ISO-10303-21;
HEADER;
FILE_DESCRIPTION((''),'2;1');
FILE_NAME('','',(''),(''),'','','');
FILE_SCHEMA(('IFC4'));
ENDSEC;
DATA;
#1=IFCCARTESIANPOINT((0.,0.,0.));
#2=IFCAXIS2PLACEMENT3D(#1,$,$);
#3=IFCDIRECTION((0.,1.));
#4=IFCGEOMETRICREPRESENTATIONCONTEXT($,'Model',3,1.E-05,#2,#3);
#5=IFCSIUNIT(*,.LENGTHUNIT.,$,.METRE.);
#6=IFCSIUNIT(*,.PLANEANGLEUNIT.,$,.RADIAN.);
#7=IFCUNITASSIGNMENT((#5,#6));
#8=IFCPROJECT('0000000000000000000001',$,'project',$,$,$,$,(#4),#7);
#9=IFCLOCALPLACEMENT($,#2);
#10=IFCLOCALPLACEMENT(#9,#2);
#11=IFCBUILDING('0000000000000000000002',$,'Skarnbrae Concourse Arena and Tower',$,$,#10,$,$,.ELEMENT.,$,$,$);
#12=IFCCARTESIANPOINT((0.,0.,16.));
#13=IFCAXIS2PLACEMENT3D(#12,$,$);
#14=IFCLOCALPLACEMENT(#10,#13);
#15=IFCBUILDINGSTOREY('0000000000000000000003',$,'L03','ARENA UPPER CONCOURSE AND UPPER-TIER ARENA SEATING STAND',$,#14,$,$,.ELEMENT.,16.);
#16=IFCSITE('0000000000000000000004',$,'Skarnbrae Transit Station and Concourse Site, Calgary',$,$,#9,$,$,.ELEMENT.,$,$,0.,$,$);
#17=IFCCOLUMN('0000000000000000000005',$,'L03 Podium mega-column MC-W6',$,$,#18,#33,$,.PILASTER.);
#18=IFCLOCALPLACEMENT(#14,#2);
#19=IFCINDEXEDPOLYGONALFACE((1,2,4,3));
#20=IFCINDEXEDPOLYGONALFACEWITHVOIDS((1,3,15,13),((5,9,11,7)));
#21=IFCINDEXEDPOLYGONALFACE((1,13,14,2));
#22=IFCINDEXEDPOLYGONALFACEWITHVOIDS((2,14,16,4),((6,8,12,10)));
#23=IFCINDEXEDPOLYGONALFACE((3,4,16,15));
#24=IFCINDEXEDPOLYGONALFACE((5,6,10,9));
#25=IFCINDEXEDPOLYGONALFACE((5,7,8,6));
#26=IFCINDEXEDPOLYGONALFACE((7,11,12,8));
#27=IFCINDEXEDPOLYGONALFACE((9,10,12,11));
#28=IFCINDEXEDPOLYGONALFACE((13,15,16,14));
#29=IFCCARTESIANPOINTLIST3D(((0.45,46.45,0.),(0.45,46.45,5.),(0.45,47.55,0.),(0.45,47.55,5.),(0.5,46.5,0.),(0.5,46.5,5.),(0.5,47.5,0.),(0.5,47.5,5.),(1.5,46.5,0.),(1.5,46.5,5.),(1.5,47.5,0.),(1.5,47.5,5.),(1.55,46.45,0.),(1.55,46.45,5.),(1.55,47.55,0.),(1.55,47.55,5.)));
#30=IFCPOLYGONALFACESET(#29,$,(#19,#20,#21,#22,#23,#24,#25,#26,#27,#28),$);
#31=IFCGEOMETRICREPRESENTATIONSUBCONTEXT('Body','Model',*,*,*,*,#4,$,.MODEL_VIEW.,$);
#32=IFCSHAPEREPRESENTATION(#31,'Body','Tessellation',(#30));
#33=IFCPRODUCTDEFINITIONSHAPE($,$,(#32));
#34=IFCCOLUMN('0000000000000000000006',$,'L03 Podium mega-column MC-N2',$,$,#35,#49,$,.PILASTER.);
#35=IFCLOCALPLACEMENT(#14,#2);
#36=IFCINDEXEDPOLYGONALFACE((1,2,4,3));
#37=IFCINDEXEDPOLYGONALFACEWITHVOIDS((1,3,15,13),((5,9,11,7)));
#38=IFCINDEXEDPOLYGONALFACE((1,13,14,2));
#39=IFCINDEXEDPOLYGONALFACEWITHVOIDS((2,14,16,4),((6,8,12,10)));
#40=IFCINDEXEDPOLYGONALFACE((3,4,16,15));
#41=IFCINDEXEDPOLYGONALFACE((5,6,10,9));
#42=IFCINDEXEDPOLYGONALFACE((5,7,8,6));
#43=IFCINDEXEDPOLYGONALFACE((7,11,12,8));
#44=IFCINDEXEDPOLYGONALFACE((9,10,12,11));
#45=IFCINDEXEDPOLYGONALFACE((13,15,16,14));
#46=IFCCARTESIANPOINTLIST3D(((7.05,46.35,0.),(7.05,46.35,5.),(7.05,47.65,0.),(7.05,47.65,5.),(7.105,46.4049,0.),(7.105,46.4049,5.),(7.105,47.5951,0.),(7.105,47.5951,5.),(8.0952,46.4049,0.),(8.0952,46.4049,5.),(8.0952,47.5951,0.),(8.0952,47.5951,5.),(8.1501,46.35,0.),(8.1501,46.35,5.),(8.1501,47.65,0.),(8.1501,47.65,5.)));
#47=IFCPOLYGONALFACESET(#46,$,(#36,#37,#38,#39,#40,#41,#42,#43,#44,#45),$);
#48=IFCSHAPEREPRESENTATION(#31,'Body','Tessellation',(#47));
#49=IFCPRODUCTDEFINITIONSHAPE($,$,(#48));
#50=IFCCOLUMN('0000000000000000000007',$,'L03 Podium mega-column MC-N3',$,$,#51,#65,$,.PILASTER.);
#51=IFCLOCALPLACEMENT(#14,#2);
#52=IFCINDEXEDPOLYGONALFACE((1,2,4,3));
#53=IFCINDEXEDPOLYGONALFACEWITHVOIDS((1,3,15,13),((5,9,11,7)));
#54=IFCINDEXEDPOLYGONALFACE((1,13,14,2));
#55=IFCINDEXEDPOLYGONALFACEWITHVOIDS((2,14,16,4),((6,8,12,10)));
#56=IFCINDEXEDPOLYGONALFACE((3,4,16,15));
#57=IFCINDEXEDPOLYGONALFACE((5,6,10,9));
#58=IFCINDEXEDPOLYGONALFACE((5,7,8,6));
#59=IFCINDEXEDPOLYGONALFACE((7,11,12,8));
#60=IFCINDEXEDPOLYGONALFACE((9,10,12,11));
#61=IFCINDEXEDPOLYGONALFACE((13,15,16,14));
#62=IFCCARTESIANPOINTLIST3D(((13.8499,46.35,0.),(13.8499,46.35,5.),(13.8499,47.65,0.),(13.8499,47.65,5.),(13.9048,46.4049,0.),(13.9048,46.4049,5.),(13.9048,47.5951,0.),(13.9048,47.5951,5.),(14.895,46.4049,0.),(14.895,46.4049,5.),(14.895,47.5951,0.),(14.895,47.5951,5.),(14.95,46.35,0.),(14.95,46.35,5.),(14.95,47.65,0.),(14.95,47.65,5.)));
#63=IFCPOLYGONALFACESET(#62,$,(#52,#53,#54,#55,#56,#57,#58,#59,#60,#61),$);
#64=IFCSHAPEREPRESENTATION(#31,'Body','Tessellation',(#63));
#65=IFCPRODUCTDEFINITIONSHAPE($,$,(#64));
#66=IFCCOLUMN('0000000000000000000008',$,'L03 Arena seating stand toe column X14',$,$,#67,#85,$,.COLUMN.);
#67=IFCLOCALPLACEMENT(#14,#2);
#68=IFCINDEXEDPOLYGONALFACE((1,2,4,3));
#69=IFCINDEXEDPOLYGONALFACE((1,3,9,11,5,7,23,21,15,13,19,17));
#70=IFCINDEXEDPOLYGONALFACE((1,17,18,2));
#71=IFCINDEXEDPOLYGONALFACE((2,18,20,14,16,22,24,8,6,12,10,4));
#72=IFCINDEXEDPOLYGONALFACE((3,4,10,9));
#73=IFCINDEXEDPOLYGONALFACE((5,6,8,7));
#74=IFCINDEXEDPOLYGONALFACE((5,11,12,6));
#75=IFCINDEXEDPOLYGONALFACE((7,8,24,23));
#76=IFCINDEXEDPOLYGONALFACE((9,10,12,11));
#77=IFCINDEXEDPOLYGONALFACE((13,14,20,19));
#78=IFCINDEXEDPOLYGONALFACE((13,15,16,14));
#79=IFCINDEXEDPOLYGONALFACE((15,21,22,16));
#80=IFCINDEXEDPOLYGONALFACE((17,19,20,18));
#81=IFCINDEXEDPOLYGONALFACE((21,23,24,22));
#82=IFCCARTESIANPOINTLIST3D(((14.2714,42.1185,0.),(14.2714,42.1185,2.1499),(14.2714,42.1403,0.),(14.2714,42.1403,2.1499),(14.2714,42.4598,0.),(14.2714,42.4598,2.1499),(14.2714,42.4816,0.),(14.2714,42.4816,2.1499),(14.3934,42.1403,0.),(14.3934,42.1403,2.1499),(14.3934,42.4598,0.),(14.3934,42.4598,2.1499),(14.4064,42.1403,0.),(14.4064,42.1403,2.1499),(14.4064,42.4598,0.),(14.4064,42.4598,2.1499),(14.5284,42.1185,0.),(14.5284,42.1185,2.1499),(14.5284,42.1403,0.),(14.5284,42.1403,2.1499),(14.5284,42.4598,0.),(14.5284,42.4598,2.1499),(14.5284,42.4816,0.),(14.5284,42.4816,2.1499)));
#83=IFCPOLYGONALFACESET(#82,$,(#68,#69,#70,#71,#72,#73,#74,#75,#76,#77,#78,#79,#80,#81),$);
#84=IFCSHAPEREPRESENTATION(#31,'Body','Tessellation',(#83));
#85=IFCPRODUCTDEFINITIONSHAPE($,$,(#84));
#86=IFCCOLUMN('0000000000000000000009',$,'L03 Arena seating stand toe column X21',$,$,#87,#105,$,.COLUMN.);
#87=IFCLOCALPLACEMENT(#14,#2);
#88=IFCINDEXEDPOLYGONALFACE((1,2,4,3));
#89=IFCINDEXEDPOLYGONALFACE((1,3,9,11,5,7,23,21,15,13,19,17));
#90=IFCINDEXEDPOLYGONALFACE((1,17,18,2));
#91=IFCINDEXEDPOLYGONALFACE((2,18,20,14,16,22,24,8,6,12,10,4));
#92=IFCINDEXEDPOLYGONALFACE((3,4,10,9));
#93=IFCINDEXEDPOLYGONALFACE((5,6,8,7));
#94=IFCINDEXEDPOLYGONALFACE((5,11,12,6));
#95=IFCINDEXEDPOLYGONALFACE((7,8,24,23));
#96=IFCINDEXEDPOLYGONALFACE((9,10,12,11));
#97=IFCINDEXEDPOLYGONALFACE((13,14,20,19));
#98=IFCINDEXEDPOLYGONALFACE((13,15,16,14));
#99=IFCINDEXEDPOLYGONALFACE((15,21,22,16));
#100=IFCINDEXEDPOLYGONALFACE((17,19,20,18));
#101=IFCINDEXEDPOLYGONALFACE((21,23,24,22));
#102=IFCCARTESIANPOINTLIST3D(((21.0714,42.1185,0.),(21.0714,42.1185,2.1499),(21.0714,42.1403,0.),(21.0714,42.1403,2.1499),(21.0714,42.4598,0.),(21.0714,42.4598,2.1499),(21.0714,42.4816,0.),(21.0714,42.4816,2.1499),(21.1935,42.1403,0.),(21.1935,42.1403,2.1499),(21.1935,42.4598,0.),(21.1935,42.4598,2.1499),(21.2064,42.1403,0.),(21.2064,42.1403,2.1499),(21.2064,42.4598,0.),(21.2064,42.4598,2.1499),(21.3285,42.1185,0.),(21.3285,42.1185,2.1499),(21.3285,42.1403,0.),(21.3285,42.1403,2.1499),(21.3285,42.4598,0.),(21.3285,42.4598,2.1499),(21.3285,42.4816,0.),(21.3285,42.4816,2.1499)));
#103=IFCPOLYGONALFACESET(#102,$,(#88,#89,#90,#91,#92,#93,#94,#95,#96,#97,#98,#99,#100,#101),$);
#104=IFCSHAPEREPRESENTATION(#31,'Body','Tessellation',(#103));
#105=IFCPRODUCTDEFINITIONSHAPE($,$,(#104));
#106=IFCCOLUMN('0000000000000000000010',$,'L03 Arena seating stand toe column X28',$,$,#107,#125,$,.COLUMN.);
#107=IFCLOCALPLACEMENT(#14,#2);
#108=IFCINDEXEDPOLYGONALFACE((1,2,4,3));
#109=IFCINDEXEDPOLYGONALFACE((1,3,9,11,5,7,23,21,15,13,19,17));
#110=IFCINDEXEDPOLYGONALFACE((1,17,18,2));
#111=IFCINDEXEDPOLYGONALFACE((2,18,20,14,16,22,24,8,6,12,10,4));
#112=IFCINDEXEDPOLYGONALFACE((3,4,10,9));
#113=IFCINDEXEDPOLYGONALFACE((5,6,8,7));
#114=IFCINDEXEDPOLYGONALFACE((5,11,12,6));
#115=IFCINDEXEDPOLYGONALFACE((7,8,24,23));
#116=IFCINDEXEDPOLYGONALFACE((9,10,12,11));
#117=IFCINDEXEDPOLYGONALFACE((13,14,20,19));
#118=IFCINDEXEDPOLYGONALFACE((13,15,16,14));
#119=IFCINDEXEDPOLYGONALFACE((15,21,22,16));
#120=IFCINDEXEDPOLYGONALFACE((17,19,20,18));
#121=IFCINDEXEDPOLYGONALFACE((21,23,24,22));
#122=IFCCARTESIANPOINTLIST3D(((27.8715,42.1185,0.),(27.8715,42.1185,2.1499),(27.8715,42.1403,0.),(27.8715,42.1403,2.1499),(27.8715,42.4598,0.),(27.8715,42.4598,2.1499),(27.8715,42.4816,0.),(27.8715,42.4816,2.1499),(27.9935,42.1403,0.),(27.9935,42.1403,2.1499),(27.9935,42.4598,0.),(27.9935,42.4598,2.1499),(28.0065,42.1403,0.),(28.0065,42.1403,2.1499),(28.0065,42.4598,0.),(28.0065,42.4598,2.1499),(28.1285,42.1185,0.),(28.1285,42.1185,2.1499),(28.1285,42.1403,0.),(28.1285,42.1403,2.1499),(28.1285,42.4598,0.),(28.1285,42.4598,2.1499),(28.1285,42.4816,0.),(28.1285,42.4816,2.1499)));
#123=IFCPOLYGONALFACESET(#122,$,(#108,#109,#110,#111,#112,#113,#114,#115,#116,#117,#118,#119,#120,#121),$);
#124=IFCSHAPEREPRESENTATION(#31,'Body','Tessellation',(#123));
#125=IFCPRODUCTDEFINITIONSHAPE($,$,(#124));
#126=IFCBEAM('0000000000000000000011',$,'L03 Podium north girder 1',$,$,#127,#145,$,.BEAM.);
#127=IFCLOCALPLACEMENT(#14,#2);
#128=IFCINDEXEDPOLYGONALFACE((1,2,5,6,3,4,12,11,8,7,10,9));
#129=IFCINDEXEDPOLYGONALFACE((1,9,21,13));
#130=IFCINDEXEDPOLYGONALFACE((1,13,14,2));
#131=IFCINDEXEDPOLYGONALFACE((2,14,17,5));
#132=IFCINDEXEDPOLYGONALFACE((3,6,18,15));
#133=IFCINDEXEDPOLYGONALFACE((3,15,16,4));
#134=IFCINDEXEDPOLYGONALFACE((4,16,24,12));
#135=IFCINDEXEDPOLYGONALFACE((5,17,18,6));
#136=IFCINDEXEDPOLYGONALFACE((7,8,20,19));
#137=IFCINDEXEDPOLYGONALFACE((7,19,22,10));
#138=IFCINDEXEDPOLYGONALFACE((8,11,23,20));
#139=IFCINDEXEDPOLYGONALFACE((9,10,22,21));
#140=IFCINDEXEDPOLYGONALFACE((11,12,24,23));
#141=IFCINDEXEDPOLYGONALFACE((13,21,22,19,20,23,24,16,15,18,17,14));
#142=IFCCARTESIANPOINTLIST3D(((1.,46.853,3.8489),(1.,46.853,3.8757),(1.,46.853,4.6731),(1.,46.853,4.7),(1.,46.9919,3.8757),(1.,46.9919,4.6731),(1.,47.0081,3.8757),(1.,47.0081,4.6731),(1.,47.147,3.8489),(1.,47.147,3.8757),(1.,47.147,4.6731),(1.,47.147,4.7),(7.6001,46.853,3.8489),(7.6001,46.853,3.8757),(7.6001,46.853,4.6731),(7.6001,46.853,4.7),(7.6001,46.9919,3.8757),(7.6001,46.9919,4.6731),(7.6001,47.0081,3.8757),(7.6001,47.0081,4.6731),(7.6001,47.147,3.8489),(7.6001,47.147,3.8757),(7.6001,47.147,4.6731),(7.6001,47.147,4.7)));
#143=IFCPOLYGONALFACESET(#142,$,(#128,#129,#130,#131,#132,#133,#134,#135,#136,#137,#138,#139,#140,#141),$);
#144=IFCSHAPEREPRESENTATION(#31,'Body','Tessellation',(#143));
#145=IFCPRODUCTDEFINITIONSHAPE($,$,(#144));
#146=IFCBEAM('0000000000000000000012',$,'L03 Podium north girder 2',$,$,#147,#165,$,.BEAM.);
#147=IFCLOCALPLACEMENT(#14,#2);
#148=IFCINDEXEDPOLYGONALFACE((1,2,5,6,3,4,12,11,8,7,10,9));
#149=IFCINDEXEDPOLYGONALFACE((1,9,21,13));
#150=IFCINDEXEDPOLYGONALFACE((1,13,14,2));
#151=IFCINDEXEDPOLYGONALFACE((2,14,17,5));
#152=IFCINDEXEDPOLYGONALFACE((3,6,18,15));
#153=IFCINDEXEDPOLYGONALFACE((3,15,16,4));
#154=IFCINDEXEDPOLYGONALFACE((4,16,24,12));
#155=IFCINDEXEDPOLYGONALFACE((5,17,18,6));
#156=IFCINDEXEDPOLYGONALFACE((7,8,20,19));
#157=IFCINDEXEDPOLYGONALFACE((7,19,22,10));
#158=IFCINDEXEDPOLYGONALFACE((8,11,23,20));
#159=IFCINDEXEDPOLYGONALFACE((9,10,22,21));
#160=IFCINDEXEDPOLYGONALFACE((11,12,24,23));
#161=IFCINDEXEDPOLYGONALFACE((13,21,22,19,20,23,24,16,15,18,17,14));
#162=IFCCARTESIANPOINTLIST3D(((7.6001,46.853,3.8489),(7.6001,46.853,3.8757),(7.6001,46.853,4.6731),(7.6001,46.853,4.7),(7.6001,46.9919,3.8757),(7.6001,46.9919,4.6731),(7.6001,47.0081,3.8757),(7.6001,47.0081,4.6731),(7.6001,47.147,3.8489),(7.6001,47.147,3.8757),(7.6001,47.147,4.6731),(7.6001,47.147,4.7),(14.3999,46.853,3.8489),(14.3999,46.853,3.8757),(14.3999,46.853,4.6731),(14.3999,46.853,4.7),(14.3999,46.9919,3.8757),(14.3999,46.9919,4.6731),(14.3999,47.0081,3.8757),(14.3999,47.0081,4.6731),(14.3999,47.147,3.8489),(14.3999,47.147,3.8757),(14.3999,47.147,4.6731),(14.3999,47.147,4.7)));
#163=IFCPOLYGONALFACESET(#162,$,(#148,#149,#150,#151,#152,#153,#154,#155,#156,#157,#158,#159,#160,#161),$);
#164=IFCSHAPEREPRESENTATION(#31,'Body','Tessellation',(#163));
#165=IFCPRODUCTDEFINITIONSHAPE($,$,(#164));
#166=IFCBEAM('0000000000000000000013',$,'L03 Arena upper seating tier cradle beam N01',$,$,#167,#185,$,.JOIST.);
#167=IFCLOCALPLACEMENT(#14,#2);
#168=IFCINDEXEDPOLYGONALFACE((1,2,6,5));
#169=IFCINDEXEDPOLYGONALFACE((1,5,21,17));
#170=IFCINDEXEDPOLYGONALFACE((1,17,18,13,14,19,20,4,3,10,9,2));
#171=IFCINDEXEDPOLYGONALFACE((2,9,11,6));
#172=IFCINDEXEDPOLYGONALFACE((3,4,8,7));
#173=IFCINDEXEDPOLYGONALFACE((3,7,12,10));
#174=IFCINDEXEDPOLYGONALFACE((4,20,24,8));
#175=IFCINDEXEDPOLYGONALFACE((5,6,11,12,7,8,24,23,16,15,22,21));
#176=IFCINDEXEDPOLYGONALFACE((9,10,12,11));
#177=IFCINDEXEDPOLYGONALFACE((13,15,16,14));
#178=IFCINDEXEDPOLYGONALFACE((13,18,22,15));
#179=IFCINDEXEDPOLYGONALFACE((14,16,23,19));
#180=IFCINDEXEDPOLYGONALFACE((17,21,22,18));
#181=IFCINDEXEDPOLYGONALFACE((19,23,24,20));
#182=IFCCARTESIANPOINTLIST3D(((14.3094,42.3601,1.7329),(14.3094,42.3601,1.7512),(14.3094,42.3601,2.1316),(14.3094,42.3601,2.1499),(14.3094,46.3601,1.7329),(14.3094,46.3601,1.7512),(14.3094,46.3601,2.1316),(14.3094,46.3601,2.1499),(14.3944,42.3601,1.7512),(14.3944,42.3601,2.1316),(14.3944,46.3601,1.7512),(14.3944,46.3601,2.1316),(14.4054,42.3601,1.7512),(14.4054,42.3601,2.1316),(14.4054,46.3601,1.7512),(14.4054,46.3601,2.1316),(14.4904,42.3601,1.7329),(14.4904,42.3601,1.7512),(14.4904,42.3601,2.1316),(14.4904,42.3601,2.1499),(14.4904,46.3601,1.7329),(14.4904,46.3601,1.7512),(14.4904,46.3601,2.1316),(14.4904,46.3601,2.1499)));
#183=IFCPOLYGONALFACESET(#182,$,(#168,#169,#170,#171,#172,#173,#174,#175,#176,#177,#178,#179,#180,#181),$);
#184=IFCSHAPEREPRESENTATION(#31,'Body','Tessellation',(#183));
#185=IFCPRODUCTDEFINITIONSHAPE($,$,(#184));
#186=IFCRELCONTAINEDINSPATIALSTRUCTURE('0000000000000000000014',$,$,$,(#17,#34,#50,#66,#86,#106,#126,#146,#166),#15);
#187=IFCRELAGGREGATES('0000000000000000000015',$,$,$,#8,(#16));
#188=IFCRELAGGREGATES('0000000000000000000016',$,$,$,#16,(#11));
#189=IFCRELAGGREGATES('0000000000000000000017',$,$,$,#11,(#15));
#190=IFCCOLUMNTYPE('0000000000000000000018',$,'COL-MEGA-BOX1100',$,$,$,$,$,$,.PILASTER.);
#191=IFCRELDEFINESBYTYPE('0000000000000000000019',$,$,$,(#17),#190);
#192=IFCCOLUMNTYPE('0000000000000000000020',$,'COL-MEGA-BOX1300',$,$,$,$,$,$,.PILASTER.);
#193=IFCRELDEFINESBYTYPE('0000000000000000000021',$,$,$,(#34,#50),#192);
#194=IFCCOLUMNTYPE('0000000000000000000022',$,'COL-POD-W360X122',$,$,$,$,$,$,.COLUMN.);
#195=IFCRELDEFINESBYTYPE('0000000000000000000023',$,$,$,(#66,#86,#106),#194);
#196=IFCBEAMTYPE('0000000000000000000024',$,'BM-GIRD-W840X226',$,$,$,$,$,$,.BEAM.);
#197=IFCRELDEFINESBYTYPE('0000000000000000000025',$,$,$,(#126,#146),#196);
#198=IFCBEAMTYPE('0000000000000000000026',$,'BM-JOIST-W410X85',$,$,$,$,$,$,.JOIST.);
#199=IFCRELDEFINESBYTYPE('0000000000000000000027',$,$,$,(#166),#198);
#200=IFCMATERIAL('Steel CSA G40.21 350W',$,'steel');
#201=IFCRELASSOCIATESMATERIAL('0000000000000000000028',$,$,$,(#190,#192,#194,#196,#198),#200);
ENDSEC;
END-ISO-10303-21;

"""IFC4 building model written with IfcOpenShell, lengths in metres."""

from ifc_helpers import new_model, si_unit, direction, frame, origin, origin_2d, place, context, subcontext, project, spatial, hollow_rectangle, i_section, extrude, source, transform, mapped, material, material_profile, profile_set, type_object, element, save


model = new_model("IFC4")

# Units and contexts
model_context = context("Model", 3, precision=1e-05, world=origin(), true_north=direction((0.0, 1.0)))
body_context = subcontext(model_context, "Body", "Model", "MODEL_VIEW")
ifc_project = project(units=[si_unit("LENGTHUNIT", "METRE"), si_unit("PLANEANGLEUNIT", "RADIAN")], contexts=[model_context])

# Site, building, storey
site_placement = place(None, origin())
site = spatial("IfcSite", under=ifc_project, at=site_placement, Name="Skarnbrae Transit Station and Concourse Site, Calgary", CompositionType="ELEMENT", RefElevation=0.0)
building_placement = place(site_placement, origin())
building = spatial("IfcBuilding", under=site, at=building_placement, Name="Skarnbrae Concourse Arena and Tower", CompositionType="ELEMENT")
storey_placement = place(building_placement, frame((0.0, 0.0, 16.0)))
storey = spatial("IfcBuildingStorey", under=building, at=storey_placement, Name="L03", Description="ARENA UPPER CONCOURSE AND UPPER-TIER ARENA SEATING STAND", CompositionType="ELEMENT", Elevation=16.0)

# Columns
ifc_material_1 = material(Name="Steel CSA G40.21 350W", Category="steel")
ifc_material_profile_1 = material_profile(ifc_material_1, hollow_rectangle(XDim=1.1001, YDim=1.1001, WallThickness=0.05, at=origin_2d()), Name="BOX1100X1100X50")
ifc_profile_set_1 = profile_set([ifc_material_profile_1], Name="Steel CSA G40.21 350W")
column_type_1 = type_object("IfcColumnType", Name="COL-MEGA-BOX1100", PredefinedType="PILASTER", material=ifc_profile_set_1)
shared_shape_1 = source(origin(), body_context, "Body", "SweptSolid", [
    extrude(hollow_rectangle(XDim=1.1001, YDim=1.1001, WallThickness=0.05, at=origin_2d()), origin(), (0.0, 0.0, 1.0), 5.0),
])
column_placement = place(storey_placement, frame((1.0, 47.0, 0.0), z_axis=(0.0, 0.0, 1.0), x_axis=(1.0, 0.0, 0.0)))
element("IfcColumn", 1, at=column_placement, inside=storey, type_object=column_type_1, Name="L03 Podium mega-column MC-W6", PredefinedType="PILASTER", context=body_context, shape_type="MappedRepresentation", body=[
    mapped(shared_shape_1, transform((0.0, 0.0, 0.0))),
])
ifc_material_profile_2 = material_profile(ifc_material_1, hollow_rectangle(XDim=1.1001, YDim=1.3, WallThickness=0.0549, at=origin_2d()), Name="BOX1300X1100X55")
ifc_profile_set_2 = profile_set([ifc_material_profile_2], Name="Steel CSA G40.21 350W")
column_type_2 = type_object("IfcColumnType", Name="COL-MEGA-BOX1300", PredefinedType="PILASTER", material=ifc_profile_set_2)
shared_shape_2 = source(origin(), body_context, "Body", "SweptSolid", [
    extrude(hollow_rectangle(XDim=1.1001, YDim=1.3, WallThickness=0.0549, at=origin_2d()), origin(), (0.0, 0.0, 1.0), 5.0),
])
for number, where, z_axis, x_axis, name in (
    (2, (7.6001, 47.0, 0.0), (0.0, 0.0, 1.0), (1.0, 0.0, 0.0), "L03 Podium mega-column MC-N2"),
    (3, (14.3999, 47.0, 0.0), (0.0, 0.0, 1.0), (1.0, 0.0, 0.0), "L03 Podium mega-column MC-N3"),
):
    element("IfcColumn", number, at=place(storey_placement, frame(where, z_axis=z_axis, x_axis=x_axis)), inside=storey, type_object=column_type_2, Name=name, PredefinedType="PILASTER", context=body_context, shape_type="MappedRepresentation", body=[
        mapped(shared_shape_2, transform((0.0, 0.0, 0.0))),
    ])
ifc_material_profile_3 = material_profile(ifc_material_1, i_section(OverallWidth=0.2571, OverallDepth=0.363, WebThickness=0.0129, FlangeThickness=0.0217, at=origin_2d()), Name="W360X122")
ifc_profile_set_3 = profile_set([ifc_material_profile_3], Name="Steel CSA G40.21 350W")
column_type_3 = type_object("IfcColumnType", Name="COL-POD-W360X122", PredefinedType="COLUMN", material=ifc_profile_set_3)
shared_shape_3 = source(origin(), body_context, "Body", "SweptSolid", [
    extrude(i_section(OverallWidth=0.2571, OverallDepth=0.363, WebThickness=0.0129, FlangeThickness=0.0217, at=origin_2d()), origin(), (0.0, 0.0, 1.0), 2.1499),
])
for number, where, z_axis, x_axis, name in (
    (4, (14.3999, 42.3, 0.0), (0.0, 0.0, 1.0), (1.0, 0.0, 0.0), "L03 Arena seating stand toe column X14"),
    (5, (21.2, 42.3, 0.0), (0.0, 0.0, 1.0), (1.0, 0.0, 0.0), "L03 Arena seating stand toe column X21"),
    (6, (28.0, 42.3, 0.0), (0.0, 0.0, 1.0), (1.0, 0.0, 0.0), "L03 Arena seating stand toe column X28"),
):
    element("IfcColumn", number, at=place(storey_placement, frame(where, z_axis=z_axis, x_axis=x_axis)), inside=storey, type_object=column_type_3, Name=name, PredefinedType="COLUMN", context=body_context, shape_type="MappedRepresentation", body=[
        mapped(shared_shape_3, transform((0.0, 0.0, 0.0))),
    ])

# Beams
ifc_material_profile_4 = material_profile(ifc_material_1, i_section(OverallWidth=0.2939, OverallDepth=0.8511, WebThickness=0.0161, FlangeThickness=0.0269, at=origin_2d()), Name="W840X226")
ifc_profile_set_4 = profile_set([ifc_material_profile_4], Name="Steel CSA G40.21 350W")
beam_type_1 = type_object("IfcBeamType", Name="BM-GIRD-W840X226", PredefinedType="BEAM", material=ifc_profile_set_4)
shared_shape_4 = source(origin(), body_context, "Body", "SweptSolid", [
    extrude(i_section(OverallWidth=0.2939, OverallDepth=0.8511, WebThickness=0.0161, FlangeThickness=0.0269, at=origin_2d()), origin(), (0.0, 0.0, 1.0), 6.6001),
])
beam_1_placement = place(storey_placement, frame((1.0, 47.0, 4.2744), z_axis=(1.0, 0.0, 0.0), x_axis=(0.0, 1.0, 0.0)))
element("IfcBeam", 7, at=beam_1_placement, inside=storey, type_object=beam_type_1, Name="L03 Podium north girder 1", PredefinedType="BEAM", context=body_context, shape_type="MappedRepresentation", body=[
    mapped(shared_shape_4, transform((0.0, 0.0, 0.0))),
])
shared_shape_5 = source(origin(), body_context, "Body", "SweptSolid", [
    extrude(i_section(OverallWidth=0.2939, OverallDepth=0.8511, WebThickness=0.0161, FlangeThickness=0.0269, at=origin_2d()), origin(), (0.0, 0.0, 1.0), 6.7998),
])
beam_2_placement = place(storey_placement, frame((7.6001, 47.0, 4.2744), z_axis=(1.0, 0.0, 0.0), x_axis=(0.0, 1.0, 0.0)))
element("IfcBeam", 8, at=beam_2_placement, inside=storey, type_object=beam_type_1, Name="L03 Podium north girder 2", PredefinedType="BEAM", context=body_context, shape_type="MappedRepresentation", body=[
    mapped(shared_shape_5, transform((0.0, 0.0, 0.0))),
])
ifc_material_profile_5 = material_profile(ifc_material_1, i_section(OverallWidth=0.1809, OverallDepth=0.417, WebThickness=0.011, FlangeThickness=0.0183, at=origin_2d()), Name="W410X85")
ifc_profile_set_5 = profile_set([ifc_material_profile_5], Name="Steel CSA G40.21 350W")
beam_type_2 = type_object("IfcBeamType", Name="BM-JOIST-W410X85", PredefinedType="JOIST", material=ifc_profile_set_5)
shared_shape_6 = source(origin(), body_context, "Body", "SweptSolid", [
    extrude(i_section(OverallWidth=0.1809, OverallDepth=0.417, WebThickness=0.011, FlangeThickness=0.0183, at=origin_2d()), origin(), (0.0, 0.0, 1.0), 4.0),
])
for number, where, z_axis, x_axis, name in (
    (9, (14.3999, 42.3601, 1.9414), (0.0, 1.0, 0.0), (-1.0, 0.0, 0.0), "L03 Arena upper seating tier cradle beam N01"),
):
    element("IfcBeam", number, at=place(storey_placement, frame(where, z_axis=z_axis, x_axis=x_axis)), inside=storey, type_object=beam_type_2, Name=name, PredefinedType="JOIST", context=body_context, shape_type="MappedRepresentation", body=[
        mapped(shared_shape_6, transform((0.0, 0.0, 0.0))),
    ])

save(model, "model.ifc")
